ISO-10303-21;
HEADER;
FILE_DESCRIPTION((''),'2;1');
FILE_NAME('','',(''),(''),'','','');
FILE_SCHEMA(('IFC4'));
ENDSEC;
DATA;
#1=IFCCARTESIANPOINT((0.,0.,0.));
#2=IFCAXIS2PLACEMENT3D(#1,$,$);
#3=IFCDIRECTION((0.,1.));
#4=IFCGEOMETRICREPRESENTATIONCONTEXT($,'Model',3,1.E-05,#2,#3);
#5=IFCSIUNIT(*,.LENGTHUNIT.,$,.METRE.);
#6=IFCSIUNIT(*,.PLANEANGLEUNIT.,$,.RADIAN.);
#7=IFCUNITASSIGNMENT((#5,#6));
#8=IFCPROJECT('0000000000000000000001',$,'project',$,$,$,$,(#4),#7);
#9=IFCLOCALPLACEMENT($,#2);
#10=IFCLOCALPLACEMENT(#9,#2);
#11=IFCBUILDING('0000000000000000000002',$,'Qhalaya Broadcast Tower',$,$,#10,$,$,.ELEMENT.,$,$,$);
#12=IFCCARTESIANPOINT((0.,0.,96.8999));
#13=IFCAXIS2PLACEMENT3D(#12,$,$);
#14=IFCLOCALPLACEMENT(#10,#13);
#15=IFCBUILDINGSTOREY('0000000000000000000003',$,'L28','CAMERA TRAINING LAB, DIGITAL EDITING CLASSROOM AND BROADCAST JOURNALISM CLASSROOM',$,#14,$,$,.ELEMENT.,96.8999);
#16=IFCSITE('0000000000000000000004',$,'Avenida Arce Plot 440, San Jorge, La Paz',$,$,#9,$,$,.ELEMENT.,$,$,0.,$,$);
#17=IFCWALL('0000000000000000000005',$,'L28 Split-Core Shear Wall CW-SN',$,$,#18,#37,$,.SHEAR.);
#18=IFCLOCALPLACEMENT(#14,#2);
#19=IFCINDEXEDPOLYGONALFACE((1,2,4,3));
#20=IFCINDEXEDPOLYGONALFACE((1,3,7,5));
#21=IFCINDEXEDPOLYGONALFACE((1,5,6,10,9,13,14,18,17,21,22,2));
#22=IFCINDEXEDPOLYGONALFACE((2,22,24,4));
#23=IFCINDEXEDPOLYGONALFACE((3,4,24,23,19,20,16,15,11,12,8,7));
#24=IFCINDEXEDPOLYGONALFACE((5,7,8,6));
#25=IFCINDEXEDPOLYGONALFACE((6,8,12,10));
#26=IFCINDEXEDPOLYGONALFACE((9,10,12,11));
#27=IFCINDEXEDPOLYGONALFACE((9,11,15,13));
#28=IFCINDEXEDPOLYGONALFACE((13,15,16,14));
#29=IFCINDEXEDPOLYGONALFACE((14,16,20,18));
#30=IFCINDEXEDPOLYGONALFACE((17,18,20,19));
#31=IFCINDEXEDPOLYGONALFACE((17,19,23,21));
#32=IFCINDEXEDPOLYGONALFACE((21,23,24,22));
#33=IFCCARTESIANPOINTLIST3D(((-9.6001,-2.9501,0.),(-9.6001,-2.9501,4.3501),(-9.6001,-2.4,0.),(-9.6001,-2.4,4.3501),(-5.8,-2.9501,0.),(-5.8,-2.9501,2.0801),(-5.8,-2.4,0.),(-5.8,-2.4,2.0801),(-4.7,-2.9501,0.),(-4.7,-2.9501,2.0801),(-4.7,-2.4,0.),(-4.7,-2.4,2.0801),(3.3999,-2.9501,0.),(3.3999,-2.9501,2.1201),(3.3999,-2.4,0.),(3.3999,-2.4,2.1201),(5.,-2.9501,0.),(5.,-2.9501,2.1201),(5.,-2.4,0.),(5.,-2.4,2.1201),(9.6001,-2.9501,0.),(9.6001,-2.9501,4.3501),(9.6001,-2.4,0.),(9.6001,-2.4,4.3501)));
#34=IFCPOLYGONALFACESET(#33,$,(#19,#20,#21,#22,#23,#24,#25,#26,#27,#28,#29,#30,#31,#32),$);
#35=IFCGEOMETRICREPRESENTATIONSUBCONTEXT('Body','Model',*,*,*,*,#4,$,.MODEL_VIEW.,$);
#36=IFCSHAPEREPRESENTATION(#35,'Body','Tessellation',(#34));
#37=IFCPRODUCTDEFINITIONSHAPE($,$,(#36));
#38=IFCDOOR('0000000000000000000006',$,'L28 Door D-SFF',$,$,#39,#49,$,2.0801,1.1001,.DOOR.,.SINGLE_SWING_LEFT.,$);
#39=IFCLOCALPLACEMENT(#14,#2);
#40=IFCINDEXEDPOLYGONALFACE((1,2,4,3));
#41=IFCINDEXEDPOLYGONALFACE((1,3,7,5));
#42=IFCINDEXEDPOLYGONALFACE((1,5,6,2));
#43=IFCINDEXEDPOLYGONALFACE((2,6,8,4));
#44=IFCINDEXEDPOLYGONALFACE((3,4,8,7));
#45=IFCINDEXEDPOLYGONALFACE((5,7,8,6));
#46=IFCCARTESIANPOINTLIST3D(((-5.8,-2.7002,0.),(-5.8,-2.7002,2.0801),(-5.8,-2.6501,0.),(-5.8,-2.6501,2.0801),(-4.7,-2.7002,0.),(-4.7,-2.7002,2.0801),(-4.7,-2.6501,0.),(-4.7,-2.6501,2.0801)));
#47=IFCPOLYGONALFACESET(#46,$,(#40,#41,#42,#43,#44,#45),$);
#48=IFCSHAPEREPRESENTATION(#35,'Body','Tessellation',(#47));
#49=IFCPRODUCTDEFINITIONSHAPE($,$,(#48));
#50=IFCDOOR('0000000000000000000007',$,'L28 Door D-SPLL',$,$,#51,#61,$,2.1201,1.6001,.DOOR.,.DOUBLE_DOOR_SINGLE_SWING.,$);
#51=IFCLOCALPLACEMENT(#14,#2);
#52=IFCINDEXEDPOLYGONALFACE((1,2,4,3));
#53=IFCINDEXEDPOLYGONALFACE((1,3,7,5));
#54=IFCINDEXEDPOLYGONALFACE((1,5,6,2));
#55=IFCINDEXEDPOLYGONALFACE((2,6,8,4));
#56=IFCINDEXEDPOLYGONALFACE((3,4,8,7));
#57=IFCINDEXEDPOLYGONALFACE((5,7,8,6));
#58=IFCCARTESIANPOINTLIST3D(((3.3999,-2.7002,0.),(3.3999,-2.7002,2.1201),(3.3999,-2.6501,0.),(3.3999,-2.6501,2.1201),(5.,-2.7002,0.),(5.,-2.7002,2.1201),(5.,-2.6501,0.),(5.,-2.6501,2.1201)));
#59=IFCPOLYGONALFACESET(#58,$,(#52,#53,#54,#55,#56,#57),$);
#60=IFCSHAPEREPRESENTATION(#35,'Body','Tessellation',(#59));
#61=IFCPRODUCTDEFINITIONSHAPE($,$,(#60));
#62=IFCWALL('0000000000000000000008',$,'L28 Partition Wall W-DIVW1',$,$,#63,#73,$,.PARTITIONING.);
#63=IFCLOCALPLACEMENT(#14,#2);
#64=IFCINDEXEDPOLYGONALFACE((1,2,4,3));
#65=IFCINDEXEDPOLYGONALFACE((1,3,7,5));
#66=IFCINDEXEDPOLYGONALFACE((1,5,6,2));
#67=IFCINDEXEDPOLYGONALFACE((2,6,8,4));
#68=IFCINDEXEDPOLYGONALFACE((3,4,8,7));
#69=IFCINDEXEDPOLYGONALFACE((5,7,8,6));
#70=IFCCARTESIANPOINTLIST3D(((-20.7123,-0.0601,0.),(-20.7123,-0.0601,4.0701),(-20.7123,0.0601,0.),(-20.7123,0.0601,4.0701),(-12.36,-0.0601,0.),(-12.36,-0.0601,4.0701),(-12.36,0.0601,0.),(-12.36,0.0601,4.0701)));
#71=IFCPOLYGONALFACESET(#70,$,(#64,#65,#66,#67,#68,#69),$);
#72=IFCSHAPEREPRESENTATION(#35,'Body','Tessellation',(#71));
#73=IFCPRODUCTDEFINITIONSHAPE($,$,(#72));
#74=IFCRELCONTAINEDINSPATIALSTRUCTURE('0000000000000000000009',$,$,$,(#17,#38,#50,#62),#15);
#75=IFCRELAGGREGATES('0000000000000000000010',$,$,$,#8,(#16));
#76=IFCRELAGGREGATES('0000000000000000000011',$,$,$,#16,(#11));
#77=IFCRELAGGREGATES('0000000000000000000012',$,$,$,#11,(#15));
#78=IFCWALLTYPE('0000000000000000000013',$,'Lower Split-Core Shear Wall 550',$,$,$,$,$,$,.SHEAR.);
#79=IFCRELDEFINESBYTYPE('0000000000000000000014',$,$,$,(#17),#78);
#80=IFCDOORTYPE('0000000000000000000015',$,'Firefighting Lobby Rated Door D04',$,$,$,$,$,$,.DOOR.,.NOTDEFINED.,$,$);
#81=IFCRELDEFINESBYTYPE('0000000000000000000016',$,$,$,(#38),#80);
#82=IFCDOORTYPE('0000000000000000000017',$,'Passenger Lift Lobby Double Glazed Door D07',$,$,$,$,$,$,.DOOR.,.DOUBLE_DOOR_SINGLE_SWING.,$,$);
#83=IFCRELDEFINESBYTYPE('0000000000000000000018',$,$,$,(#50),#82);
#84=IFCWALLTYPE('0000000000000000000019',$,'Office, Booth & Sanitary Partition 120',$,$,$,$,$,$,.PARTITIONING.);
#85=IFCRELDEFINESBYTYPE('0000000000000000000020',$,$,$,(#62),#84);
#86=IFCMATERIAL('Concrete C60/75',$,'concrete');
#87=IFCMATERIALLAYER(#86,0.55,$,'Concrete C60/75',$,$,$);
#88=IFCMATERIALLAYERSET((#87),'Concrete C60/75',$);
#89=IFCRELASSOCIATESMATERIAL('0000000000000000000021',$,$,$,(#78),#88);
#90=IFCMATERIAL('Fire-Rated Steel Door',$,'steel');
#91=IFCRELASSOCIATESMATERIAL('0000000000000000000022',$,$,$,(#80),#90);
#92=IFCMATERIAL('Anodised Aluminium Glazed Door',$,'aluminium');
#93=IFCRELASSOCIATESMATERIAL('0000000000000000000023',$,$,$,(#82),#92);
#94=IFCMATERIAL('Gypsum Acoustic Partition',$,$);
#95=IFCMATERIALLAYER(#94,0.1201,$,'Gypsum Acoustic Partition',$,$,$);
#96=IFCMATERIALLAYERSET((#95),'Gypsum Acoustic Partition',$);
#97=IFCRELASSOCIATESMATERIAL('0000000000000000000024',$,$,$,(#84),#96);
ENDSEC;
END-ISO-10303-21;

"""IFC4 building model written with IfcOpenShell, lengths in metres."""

from ifc_helpers import new_model, si_unit, direction, frame, frame_2d, origin, place, context, subcontext, project, spatial, rectangle, extrude, material, layer, layer_set, type_object, element, fill, save


model = new_model("IFC4")

# Units and contexts
model_context = context("Model", 3, precision=1e-05, world=origin(), true_north=direction((0.0, 1.0)))
body_context = subcontext(model_context, "Body", "Model", "MODEL_VIEW")
ifc_project = project(units=[si_unit("LENGTHUNIT", "METRE"), si_unit("PLANEANGLEUNIT", "RADIAN")], contexts=[model_context])

# Site, building, storey
site_placement = place(None, origin())
site = spatial("IfcSite", under=ifc_project, at=site_placement, Name="Avenida Arce Plot 440, San Jorge, La Paz", CompositionType="ELEMENT", RefElevation=0.0)
building_placement = place(site_placement, origin())
building = spatial("IfcBuilding", under=site, at=building_placement, Name="Qhalaya Broadcast Tower", CompositionType="ELEMENT")
storey_placement = place(building_placement, frame((0.0, 0.0, 96.8999)))
storey = spatial("IfcBuildingStorey", under=building, at=storey_placement, Name="L28", Description="CAMERA TRAINING LAB, DIGITAL EDITING CLASSROOM AND BROADCAST JOURNALISM CLASSROOM", CompositionType="ELEMENT", Elevation=96.8999)

# Shared definitions
ifc_material_1 = material(Name="Concrete C60/75", Category="concrete")
ifc_layer_1 = layer(ifc_material_1, 0.55, Name="Concrete C60/75")
ifc_layer_set_1 = layer_set([ifc_layer_1], Name="Concrete C60/75")
wall_type_1 = type_object("IfcWallType", Name="Lower Split-Core Shear Wall 550", PredefinedType="SHEAR", material=ifc_layer_set_1)

# Wall, openings, doors
wall_1_placement = place(storey_placement, frame((-9.6001, -2.675, 0.0), z_axis=(0.0, 0.0, 1.0), x_axis=(1.0, 0.0, 0.0)))
wall_1 = element("IfcWall", 1, at=wall_1_placement, inside=storey, type_object=wall_type_1, Name="L28 Split-Core Shear Wall CW-SN", PredefinedType="SHEAR", context=body_context, shape_type="SweptSolid", body=[
    extrude(rectangle(XDim=19.2002, YDim=0.55, at=frame_2d((9.6001, 0.0))), origin(), (0.0, 0.0, 1.0), 4.3501),
])
opening_1_placement = place(wall_1_placement, frame((3.8, 0.0, 0.0)))
opening_1 = element("IfcOpeningElement", 2, at=opening_1_placement, cuts=wall_1, PredefinedType="OPENING", context=body_context, shape_type="SweptSolid", body=[
    extrude(rectangle(XDim=1.1001, YDim=2.0801, at=frame_2d((0.55, 1.04))), frame((0.0, 0.2871, 0.0), z_axis=(0.0, -1.0, 0.0), x_axis=(1.0, 0.0, 0.0)), (0.0, 0.0, 1.0), 0.574),
])
opening_2_placement = place(wall_1_placement, frame((13.0, 0.0, 0.0)))
opening_2 = element("IfcOpeningElement", 3, at=opening_2_placement, cuts=wall_1, PredefinedType="OPENING", context=body_context, shape_type="SweptSolid", body=[
    extrude(rectangle(XDim=1.6001, YDim=2.1201, at=frame_2d((0.8, 1.0601))), frame((0.0, 0.2871, 0.0), z_axis=(0.0, -1.0, 0.0), x_axis=(1.0, 0.0, 0.0)), (0.0, 0.0, 1.0), 0.574),
])
ifc_material_2 = material(Name="Fire-Rated Steel Door", Category="steel")
door_type_1 = type_object("IfcDoorType", Name="Firefighting Lobby Rated Door D04", OperationType="NOTDEFINED", PredefinedType="DOOR", material=ifc_material_2)
door_1_placement = place(opening_1_placement, origin())
door_1 = element("IfcDoor", 4, at=door_1_placement, inside=storey, type_object=door_type_1, Name="L28 Door D-SFF", OperationType="SINGLE_SWING_LEFT", OverallHeight=2.0801, OverallWidth=1.1001, PredefinedType="DOOR", context=body_context, shape_type="SweptSolid", body=[
    extrude(rectangle(XDim=1.1001, YDim=2.0801, at=frame_2d((0.55, 1.04))), frame((0.0, 0.0249, 0.0), z_axis=(0.0, -1.0, 0.0), x_axis=(1.0, 0.0, 0.0)), (0.0, 0.0, 1.0), 0.05),
])
fill(opening_1, door_1)
ifc_material_3 = material(Name="Anodised Aluminium Glazed Door", Category="aluminium")
door_type_2 = type_object("IfcDoorType", Name="Passenger Lift Lobby Double Glazed Door D07", OperationType="DOUBLE_DOOR_SINGLE_SWING", PredefinedType="DOOR", material=ifc_material_3)
door_2_placement = place(opening_2_placement, origin())
door_2 = element("IfcDoor", 5, at=door_2_placement, inside=storey, type_object=door_type_2, Name="L28 Door D-SPLL", OperationType="DOUBLE_DOOR_SINGLE_SWING", OverallHeight=2.1201, OverallWidth=1.6001, PredefinedType="DOOR", context=body_context, shape_type="SweptSolid", body=[
    extrude(rectangle(XDim=1.6001, YDim=2.1201, at=frame_2d((0.8, 1.0601))), frame((0.0, 0.0249, 0.0), z_axis=(0.0, -1.0, 0.0), x_axis=(1.0, 0.0, 0.0)), (0.0, 0.0, 1.0), 0.05),
])
fill(opening_2, door_2)

# Wall
ifc_material_4 = material(Name="Gypsum Acoustic Partition")
ifc_layer_2 = layer(ifc_material_4, 0.1201, Name="Gypsum Acoustic Partition")
ifc_layer_set_2 = layer_set([ifc_layer_2], Name="Gypsum Acoustic Partition")
wall_type_2 = type_object("IfcWallType", Name="Office, Booth & Sanitary Partition 120", PredefinedType="PARTITIONING", material=ifc_layer_set_2)
wall_2_placement = place(storey_placement, frame((-20.7124, 0.0, 0.0), z_axis=(0.0, 0.0, 1.0), x_axis=(1.0, 0.0, 0.0)))
element("IfcWall", 6, at=wall_2_placement, inside=storey, type_object=wall_type_2, Name="L28 Partition Wall W-DIVW1", PredefinedType="PARTITIONING", context=body_context, shape_type="SweptSolid", body=[
    extrude(rectangle(XDim=8.3523, YDim=0.1201, at=frame_2d((4.1763, 0.0))), origin(), (0.0, 0.0, 1.0), 4.0701),
])

save(model, "model.ifc")
